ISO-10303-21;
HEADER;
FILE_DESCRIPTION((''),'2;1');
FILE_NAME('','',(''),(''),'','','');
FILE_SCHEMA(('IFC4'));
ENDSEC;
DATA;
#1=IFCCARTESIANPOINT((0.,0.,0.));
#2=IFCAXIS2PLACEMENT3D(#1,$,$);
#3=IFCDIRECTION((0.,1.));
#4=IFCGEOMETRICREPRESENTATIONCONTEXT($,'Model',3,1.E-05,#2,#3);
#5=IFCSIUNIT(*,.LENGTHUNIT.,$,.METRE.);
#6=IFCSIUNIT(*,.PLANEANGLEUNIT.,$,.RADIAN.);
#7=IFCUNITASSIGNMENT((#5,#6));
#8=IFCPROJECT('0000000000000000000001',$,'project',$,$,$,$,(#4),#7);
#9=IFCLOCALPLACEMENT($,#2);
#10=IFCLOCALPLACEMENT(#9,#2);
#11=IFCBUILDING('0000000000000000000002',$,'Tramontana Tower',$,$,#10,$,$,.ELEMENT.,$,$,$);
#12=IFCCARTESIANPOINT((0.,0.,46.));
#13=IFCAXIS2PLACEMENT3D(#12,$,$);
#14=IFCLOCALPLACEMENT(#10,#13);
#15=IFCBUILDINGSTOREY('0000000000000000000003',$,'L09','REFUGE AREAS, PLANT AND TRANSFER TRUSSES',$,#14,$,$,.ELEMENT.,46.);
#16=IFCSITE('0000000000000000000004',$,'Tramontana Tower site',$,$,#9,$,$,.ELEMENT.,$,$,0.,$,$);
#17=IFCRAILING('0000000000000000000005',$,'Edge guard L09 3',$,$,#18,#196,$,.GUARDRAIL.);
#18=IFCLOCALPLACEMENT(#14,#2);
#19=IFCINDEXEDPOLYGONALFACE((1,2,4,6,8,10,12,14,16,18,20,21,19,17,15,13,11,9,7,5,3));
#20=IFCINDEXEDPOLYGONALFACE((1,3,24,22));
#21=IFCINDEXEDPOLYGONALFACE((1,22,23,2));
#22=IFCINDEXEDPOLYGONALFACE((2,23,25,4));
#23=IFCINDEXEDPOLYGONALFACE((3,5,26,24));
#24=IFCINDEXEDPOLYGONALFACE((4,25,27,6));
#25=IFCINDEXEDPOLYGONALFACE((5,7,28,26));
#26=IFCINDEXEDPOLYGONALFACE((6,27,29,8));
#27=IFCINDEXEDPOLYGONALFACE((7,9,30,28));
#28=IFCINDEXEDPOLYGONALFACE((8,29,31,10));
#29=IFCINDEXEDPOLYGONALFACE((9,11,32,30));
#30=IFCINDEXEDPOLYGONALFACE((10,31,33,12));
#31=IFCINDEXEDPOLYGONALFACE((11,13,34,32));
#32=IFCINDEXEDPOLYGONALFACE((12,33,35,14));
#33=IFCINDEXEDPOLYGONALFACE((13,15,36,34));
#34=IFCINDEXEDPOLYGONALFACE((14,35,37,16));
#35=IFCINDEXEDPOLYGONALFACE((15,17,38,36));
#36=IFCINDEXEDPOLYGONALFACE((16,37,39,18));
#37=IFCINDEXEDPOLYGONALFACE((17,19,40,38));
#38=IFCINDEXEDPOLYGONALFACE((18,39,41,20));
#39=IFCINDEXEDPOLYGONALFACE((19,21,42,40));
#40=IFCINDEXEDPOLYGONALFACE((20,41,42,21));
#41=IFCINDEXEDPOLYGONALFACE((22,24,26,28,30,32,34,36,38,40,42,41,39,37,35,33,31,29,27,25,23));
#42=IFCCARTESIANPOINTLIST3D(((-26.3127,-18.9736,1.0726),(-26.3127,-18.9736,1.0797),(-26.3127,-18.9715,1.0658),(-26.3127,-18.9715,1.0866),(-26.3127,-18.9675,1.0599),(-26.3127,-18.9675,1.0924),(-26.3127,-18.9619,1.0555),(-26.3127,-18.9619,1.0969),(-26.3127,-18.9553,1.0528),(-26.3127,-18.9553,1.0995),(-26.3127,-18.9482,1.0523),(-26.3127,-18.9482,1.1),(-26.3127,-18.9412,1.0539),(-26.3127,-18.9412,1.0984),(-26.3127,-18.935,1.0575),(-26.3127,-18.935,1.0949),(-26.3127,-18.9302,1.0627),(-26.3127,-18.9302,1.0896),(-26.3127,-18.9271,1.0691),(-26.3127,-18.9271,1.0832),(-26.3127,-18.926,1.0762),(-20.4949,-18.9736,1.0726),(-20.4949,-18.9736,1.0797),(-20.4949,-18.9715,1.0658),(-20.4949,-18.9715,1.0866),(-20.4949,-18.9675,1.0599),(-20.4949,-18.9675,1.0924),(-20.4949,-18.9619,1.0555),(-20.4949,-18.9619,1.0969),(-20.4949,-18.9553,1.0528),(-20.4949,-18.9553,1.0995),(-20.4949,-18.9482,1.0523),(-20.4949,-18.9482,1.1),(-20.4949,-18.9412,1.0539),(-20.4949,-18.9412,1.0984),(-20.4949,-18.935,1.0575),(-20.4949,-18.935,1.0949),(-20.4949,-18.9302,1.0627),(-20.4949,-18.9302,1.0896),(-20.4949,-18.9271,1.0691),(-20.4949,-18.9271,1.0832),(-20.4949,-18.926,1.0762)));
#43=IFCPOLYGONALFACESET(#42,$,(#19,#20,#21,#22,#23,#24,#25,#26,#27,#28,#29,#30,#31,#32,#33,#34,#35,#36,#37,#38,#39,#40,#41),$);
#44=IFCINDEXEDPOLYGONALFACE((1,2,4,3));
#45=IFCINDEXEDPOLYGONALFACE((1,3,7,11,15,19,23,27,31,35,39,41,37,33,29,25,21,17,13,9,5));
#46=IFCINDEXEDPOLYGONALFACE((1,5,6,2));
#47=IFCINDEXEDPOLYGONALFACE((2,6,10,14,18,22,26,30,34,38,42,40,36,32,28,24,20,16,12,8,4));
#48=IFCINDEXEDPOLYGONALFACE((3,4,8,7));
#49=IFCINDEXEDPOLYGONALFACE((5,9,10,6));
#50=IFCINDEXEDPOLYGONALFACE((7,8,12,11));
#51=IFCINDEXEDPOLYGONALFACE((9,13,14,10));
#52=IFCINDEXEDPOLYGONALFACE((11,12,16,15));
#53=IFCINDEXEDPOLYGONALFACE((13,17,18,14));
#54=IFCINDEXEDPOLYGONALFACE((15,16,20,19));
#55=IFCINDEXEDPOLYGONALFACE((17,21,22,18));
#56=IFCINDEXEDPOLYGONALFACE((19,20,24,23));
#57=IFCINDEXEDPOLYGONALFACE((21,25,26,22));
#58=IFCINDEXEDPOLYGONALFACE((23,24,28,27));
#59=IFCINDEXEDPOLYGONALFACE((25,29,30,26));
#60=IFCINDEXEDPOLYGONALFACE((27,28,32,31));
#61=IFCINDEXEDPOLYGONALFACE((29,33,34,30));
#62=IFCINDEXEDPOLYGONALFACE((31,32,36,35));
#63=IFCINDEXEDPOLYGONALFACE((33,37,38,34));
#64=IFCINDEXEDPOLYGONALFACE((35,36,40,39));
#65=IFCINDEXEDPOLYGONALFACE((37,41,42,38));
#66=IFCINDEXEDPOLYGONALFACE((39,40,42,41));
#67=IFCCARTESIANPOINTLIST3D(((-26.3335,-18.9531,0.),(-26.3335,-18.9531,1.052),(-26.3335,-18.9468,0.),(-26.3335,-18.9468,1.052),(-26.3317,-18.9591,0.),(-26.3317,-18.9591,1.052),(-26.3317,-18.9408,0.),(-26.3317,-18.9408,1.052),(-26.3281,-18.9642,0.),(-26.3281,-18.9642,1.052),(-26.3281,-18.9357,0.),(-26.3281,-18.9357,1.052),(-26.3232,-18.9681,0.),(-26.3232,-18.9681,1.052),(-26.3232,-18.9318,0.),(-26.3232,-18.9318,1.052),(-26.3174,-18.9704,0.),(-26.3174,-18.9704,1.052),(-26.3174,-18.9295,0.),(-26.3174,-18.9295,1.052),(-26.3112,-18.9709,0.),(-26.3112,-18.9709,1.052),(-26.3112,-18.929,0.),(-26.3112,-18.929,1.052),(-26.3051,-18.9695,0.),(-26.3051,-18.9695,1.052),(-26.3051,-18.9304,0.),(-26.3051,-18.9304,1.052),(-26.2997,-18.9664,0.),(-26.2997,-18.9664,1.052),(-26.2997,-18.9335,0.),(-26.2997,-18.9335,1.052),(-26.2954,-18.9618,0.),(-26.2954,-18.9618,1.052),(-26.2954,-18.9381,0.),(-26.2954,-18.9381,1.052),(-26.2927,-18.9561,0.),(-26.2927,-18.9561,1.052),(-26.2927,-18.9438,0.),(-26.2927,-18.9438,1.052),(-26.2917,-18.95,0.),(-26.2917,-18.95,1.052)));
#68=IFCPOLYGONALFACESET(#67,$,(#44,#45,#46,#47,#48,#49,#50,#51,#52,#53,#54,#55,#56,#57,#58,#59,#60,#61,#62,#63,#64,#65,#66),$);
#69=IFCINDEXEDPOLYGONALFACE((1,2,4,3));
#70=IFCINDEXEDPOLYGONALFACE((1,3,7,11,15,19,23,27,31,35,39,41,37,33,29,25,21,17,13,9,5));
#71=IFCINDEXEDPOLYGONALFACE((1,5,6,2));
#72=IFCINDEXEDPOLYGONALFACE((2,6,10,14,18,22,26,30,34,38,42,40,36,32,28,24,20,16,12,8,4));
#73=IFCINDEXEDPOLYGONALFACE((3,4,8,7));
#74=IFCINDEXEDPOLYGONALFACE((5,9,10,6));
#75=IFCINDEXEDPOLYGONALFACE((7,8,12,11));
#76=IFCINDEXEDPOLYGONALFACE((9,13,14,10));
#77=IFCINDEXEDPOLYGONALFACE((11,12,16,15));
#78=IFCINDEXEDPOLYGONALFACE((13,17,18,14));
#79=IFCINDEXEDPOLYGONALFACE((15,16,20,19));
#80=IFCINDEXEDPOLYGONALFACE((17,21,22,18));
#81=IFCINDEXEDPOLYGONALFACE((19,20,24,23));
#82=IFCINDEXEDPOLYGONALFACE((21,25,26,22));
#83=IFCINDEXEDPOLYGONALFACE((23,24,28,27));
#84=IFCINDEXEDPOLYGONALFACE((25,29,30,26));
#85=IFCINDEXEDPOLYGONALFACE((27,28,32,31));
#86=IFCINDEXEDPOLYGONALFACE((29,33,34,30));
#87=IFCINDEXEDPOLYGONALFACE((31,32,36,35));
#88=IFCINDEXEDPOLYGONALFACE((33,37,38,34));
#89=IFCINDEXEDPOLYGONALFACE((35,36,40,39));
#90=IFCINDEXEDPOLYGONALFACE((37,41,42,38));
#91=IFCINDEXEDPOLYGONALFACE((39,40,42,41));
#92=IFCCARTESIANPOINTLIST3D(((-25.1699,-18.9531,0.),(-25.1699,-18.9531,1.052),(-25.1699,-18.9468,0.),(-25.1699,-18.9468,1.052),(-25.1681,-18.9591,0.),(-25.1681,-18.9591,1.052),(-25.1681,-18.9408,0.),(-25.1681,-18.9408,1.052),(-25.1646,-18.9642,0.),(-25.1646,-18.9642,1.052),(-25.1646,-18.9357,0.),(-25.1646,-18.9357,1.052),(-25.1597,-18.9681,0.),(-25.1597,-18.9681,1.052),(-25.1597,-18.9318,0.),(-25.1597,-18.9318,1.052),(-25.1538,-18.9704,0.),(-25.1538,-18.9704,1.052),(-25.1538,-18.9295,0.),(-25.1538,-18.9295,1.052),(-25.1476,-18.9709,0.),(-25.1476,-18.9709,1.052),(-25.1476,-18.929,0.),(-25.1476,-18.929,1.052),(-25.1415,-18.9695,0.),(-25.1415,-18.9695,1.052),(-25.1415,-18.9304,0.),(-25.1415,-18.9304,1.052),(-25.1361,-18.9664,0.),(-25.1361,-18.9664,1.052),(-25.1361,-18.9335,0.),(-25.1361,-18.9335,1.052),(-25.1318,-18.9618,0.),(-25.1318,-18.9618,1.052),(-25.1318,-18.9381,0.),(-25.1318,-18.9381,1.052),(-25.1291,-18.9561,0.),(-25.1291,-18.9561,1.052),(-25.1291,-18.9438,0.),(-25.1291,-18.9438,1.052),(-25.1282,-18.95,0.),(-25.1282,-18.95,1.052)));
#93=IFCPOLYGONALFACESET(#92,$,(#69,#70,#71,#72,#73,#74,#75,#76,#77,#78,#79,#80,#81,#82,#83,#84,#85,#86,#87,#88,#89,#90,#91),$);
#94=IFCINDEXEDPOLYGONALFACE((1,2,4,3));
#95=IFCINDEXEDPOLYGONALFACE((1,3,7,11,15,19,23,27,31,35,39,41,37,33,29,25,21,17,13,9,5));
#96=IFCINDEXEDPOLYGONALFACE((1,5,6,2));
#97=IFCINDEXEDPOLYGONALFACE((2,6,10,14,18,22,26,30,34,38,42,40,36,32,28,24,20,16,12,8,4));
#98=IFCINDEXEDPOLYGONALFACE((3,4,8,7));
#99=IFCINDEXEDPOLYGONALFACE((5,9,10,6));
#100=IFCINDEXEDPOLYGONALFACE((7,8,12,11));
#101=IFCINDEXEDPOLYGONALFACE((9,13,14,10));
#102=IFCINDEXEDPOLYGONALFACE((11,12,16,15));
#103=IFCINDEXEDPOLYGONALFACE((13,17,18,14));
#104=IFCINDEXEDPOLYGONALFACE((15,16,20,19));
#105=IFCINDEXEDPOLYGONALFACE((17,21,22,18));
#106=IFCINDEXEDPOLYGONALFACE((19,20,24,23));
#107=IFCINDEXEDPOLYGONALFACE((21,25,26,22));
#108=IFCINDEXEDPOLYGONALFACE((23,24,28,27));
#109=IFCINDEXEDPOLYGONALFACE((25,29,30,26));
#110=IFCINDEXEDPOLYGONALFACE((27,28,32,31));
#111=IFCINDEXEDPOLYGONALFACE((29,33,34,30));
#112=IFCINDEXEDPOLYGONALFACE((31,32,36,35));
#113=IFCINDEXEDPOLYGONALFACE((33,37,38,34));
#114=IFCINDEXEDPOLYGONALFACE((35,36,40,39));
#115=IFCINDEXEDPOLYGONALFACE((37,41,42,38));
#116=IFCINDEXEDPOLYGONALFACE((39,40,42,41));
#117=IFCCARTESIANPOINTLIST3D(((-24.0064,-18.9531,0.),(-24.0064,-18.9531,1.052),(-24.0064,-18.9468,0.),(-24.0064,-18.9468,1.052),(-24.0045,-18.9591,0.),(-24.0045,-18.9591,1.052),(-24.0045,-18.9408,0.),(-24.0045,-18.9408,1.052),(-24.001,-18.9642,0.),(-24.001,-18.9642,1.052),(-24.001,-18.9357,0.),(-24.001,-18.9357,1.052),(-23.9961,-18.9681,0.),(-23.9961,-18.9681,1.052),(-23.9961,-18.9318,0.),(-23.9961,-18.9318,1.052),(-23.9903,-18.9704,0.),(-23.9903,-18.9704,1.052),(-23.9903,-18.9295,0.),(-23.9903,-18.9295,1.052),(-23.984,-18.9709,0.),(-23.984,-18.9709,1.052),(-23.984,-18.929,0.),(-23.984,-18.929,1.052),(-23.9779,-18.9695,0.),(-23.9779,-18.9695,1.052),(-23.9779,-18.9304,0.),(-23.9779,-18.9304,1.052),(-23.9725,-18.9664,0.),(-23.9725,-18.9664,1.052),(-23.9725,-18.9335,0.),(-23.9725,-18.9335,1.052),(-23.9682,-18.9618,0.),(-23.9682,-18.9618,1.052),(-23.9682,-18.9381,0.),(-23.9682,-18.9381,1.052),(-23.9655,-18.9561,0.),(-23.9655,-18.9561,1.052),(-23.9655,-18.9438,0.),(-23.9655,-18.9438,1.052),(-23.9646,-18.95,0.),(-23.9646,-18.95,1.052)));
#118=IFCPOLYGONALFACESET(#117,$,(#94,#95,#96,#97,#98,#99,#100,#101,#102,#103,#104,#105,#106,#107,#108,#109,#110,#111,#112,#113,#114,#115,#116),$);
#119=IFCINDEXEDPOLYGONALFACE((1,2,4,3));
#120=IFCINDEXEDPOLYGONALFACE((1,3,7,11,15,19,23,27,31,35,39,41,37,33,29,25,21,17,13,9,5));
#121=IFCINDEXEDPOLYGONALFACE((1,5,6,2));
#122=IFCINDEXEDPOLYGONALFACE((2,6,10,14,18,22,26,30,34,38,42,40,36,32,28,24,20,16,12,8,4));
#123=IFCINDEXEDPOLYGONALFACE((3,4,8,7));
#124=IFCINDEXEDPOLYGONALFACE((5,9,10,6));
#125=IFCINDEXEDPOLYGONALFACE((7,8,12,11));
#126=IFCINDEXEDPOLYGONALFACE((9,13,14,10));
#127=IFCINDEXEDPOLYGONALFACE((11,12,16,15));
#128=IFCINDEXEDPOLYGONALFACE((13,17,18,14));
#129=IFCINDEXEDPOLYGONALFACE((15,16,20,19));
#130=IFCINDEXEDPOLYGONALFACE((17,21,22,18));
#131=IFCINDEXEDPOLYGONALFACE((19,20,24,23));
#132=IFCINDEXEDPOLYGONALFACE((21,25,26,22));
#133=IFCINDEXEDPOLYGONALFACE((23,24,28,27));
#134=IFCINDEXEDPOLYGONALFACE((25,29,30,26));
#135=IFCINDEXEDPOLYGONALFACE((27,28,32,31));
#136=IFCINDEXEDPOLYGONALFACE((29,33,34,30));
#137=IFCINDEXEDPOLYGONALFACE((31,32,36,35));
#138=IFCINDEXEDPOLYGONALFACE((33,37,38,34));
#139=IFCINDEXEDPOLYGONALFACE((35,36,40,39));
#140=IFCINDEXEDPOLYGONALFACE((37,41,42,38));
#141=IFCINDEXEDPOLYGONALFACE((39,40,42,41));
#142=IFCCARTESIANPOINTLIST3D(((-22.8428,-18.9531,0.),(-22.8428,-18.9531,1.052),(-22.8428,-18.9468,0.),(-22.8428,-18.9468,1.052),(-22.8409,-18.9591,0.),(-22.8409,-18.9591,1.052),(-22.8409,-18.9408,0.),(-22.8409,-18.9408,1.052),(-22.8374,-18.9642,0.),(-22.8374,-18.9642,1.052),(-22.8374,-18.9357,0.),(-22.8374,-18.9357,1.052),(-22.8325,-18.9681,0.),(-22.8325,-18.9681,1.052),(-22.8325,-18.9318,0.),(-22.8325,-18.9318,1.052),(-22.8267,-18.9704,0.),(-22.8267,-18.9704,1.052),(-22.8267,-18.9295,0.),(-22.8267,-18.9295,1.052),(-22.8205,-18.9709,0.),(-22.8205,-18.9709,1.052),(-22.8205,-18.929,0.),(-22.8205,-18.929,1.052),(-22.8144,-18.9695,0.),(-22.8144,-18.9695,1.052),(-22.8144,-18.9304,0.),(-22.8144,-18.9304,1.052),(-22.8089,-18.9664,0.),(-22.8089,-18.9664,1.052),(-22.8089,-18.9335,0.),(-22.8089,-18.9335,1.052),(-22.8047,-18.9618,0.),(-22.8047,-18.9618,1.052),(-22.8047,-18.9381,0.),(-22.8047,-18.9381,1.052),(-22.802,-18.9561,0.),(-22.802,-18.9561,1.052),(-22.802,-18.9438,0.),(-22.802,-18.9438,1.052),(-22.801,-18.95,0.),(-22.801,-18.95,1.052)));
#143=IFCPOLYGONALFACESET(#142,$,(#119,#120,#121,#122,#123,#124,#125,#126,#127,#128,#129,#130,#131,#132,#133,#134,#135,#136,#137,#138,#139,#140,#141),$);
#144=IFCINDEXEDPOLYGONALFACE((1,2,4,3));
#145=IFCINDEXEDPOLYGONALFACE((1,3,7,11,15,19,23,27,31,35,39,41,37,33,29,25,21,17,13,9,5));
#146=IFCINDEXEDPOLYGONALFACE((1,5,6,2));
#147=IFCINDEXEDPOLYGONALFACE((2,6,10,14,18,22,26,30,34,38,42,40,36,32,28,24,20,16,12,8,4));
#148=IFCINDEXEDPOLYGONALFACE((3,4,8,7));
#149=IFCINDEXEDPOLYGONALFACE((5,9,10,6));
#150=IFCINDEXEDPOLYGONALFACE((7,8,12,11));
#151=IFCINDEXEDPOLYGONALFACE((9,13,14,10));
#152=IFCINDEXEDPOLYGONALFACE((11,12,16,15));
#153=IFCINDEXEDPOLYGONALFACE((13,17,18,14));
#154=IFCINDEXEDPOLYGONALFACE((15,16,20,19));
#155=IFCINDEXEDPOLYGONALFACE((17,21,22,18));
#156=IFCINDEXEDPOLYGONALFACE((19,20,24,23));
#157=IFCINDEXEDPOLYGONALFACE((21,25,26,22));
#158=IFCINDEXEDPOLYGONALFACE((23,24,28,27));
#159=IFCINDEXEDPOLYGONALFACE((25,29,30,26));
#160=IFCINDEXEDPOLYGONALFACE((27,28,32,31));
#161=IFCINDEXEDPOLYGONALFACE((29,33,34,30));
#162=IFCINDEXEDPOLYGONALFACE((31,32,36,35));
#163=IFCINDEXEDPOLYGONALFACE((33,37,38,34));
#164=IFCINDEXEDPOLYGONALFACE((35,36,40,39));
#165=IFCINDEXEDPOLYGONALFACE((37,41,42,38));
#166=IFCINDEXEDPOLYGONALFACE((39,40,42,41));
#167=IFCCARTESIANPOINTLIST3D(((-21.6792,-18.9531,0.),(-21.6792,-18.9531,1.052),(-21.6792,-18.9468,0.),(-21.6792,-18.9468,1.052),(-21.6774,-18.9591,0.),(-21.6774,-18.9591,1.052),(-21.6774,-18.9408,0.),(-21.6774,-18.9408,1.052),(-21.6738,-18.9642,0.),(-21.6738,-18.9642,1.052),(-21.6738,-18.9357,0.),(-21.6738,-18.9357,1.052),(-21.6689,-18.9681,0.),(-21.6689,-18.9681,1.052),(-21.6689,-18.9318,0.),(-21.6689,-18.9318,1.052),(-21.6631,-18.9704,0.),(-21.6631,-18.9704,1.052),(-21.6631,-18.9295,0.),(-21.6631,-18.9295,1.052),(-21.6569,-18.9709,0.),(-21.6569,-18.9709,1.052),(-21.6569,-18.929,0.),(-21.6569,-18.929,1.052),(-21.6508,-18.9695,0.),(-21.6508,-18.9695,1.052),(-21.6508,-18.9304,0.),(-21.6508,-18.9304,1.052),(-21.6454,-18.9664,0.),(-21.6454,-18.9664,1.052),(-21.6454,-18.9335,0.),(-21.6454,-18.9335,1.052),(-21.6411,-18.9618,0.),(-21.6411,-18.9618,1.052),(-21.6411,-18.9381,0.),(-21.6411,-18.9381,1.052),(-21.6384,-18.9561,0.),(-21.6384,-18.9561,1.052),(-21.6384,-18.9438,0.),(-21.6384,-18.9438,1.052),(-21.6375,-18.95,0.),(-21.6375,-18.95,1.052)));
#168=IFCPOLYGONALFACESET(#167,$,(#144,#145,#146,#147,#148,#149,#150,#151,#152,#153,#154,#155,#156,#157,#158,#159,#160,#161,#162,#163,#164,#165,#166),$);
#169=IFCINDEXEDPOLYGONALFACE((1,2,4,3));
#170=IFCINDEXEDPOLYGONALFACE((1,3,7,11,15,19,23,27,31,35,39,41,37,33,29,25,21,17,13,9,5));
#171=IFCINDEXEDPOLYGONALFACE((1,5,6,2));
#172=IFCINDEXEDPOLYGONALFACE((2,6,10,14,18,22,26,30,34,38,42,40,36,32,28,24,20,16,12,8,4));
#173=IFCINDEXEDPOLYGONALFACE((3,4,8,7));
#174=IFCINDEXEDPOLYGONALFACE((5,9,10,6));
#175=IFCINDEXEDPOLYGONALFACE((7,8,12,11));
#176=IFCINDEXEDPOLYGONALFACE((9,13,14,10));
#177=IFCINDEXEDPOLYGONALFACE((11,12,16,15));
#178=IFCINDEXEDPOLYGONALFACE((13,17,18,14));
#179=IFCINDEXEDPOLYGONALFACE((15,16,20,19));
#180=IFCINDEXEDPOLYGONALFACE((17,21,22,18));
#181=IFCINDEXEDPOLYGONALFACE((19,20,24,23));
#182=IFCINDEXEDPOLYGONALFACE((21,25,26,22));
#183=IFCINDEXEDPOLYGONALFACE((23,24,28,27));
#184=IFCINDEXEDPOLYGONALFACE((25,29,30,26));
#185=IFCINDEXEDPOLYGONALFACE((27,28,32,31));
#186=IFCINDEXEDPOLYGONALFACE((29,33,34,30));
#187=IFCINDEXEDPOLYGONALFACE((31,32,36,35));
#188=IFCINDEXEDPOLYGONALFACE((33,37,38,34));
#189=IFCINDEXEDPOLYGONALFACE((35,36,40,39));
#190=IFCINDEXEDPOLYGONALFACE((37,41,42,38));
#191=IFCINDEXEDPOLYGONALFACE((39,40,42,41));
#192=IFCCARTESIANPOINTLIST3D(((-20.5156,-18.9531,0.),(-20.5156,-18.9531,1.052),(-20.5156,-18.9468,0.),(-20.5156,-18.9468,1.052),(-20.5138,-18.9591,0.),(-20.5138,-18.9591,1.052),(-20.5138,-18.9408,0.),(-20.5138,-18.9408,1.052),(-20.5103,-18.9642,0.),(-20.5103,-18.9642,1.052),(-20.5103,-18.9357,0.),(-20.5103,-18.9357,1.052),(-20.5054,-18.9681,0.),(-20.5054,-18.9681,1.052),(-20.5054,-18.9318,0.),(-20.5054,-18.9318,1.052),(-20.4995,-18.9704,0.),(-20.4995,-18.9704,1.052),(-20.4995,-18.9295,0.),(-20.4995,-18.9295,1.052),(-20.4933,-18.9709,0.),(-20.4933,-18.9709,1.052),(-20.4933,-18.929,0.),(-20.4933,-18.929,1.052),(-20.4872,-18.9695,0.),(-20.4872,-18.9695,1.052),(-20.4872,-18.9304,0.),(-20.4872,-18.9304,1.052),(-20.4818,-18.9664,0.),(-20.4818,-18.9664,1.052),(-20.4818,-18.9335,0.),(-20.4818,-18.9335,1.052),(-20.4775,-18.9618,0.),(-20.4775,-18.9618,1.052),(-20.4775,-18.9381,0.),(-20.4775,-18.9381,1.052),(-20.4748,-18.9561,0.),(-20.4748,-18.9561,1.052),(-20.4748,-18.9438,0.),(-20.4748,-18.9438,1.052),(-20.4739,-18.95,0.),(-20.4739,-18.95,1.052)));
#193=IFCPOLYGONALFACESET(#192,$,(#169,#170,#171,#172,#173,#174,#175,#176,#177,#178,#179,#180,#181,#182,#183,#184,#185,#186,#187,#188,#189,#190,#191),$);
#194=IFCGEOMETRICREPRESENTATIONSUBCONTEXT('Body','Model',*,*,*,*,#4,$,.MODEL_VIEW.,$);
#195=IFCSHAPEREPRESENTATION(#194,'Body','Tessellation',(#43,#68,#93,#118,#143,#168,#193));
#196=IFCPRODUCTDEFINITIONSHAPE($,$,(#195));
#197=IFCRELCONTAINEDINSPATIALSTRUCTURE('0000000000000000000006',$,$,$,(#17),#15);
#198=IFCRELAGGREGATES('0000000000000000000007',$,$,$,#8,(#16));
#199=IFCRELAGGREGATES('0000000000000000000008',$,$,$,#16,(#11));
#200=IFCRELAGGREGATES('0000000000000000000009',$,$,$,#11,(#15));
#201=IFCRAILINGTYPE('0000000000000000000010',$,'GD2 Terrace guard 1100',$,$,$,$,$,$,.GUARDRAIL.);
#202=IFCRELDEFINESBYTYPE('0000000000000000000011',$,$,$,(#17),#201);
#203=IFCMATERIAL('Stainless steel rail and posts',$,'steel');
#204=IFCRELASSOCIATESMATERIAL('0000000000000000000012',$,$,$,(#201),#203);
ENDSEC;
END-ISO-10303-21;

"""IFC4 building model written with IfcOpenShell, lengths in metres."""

from ifc_helpers import new_model, si_unit, direction, frame, origin, origin_2d, place, context, subcontext, project, spatial, circle, extrude, material, type_object, element, save


model = new_model("IFC4")

# Units and contexts
model_context = context("Model", 3, precision=1e-05, world=origin(), true_north=direction((0.0, 1.0)))
body_context = subcontext(model_context, "Body", "Model", "MODEL_VIEW")
ifc_project = project(units=[si_unit("LENGTHUNIT", "METRE"), si_unit("PLANEANGLEUNIT", "RADIAN")], contexts=[model_context])

# Site, building, storey
site_placement = place(None, origin())
site = spatial("IfcSite", under=ifc_project, at=site_placement, Name="Tramontana Tower site", CompositionType="ELEMENT", RefElevation=0.0)
building_placement = place(site_placement, origin())
building = spatial("IfcBuilding", under=site, at=building_placement, Name="Tramontana Tower", CompositionType="ELEMENT")
storey_placement = place(building_placement, frame((0.0, 0.0, 46.0)))
storey = spatial("IfcBuildingStorey", under=building, at=storey_placement, Name="L09", Description="REFUGE AREAS, PLANT AND TRANSFER TRUSSES", CompositionType="ELEMENT", Elevation=46.0)

# Railing
ifc_material_1 = material(Name="Stainless steel rail and posts", Category="steel")
railing_type = type_object("IfcRailingType", Name="GD2 Terrace guard 1100", PredefinedType="GUARDRAIL", material=ifc_material_1)
railing_1_placement = place(storey_placement, frame((-26.3127, -18.95, 0.0)))
element("IfcRailing", 1, at=railing_1_placement, inside=storey, type_object=railing_type, Name="Edge guard L09 3", PredefinedType="GUARDRAIL", context=body_context, shape_type="SweptSolid", body=[
    extrude(circle(Radius=0.0239, at=origin_2d()), frame((0.0, 0.0, 1.0762), z_axis=(1.0, 0.0, 0.0), x_axis=(0.0, 1.0, 0.0)), (0.0, 0.0, 1.0), 5.8179),
    extrude(circle(Radius=0.021, at=origin_2d()), origin(), (0.0, 0.0, 1.0), 1.052),
    extrude(circle(Radius=0.021, at=origin_2d()), frame((1.1636, 0.0, 0.0)), (0.0, 0.0, 1.0), 1.052),
    extrude(circle(Radius=0.021, at=origin_2d()), frame((2.3271, 0.0, 0.0)), (0.0, 0.0, 1.0), 1.052),
    extrude(circle(Radius=0.021, at=origin_2d()), frame((3.4907, 0.0, 0.0)), (0.0, 0.0, 1.0), 1.052),
    extrude(circle(Radius=0.021, at=origin_2d()), frame((4.6543, 0.0, 0.0)), (0.0, 0.0, 1.0), 1.052),
    extrude(circle(Radius=0.021, at=origin_2d()), frame((5.8179, 0.0, 0.0)), (0.0, 0.0, 1.0), 1.052),
])

save(model, "model.ifc")
